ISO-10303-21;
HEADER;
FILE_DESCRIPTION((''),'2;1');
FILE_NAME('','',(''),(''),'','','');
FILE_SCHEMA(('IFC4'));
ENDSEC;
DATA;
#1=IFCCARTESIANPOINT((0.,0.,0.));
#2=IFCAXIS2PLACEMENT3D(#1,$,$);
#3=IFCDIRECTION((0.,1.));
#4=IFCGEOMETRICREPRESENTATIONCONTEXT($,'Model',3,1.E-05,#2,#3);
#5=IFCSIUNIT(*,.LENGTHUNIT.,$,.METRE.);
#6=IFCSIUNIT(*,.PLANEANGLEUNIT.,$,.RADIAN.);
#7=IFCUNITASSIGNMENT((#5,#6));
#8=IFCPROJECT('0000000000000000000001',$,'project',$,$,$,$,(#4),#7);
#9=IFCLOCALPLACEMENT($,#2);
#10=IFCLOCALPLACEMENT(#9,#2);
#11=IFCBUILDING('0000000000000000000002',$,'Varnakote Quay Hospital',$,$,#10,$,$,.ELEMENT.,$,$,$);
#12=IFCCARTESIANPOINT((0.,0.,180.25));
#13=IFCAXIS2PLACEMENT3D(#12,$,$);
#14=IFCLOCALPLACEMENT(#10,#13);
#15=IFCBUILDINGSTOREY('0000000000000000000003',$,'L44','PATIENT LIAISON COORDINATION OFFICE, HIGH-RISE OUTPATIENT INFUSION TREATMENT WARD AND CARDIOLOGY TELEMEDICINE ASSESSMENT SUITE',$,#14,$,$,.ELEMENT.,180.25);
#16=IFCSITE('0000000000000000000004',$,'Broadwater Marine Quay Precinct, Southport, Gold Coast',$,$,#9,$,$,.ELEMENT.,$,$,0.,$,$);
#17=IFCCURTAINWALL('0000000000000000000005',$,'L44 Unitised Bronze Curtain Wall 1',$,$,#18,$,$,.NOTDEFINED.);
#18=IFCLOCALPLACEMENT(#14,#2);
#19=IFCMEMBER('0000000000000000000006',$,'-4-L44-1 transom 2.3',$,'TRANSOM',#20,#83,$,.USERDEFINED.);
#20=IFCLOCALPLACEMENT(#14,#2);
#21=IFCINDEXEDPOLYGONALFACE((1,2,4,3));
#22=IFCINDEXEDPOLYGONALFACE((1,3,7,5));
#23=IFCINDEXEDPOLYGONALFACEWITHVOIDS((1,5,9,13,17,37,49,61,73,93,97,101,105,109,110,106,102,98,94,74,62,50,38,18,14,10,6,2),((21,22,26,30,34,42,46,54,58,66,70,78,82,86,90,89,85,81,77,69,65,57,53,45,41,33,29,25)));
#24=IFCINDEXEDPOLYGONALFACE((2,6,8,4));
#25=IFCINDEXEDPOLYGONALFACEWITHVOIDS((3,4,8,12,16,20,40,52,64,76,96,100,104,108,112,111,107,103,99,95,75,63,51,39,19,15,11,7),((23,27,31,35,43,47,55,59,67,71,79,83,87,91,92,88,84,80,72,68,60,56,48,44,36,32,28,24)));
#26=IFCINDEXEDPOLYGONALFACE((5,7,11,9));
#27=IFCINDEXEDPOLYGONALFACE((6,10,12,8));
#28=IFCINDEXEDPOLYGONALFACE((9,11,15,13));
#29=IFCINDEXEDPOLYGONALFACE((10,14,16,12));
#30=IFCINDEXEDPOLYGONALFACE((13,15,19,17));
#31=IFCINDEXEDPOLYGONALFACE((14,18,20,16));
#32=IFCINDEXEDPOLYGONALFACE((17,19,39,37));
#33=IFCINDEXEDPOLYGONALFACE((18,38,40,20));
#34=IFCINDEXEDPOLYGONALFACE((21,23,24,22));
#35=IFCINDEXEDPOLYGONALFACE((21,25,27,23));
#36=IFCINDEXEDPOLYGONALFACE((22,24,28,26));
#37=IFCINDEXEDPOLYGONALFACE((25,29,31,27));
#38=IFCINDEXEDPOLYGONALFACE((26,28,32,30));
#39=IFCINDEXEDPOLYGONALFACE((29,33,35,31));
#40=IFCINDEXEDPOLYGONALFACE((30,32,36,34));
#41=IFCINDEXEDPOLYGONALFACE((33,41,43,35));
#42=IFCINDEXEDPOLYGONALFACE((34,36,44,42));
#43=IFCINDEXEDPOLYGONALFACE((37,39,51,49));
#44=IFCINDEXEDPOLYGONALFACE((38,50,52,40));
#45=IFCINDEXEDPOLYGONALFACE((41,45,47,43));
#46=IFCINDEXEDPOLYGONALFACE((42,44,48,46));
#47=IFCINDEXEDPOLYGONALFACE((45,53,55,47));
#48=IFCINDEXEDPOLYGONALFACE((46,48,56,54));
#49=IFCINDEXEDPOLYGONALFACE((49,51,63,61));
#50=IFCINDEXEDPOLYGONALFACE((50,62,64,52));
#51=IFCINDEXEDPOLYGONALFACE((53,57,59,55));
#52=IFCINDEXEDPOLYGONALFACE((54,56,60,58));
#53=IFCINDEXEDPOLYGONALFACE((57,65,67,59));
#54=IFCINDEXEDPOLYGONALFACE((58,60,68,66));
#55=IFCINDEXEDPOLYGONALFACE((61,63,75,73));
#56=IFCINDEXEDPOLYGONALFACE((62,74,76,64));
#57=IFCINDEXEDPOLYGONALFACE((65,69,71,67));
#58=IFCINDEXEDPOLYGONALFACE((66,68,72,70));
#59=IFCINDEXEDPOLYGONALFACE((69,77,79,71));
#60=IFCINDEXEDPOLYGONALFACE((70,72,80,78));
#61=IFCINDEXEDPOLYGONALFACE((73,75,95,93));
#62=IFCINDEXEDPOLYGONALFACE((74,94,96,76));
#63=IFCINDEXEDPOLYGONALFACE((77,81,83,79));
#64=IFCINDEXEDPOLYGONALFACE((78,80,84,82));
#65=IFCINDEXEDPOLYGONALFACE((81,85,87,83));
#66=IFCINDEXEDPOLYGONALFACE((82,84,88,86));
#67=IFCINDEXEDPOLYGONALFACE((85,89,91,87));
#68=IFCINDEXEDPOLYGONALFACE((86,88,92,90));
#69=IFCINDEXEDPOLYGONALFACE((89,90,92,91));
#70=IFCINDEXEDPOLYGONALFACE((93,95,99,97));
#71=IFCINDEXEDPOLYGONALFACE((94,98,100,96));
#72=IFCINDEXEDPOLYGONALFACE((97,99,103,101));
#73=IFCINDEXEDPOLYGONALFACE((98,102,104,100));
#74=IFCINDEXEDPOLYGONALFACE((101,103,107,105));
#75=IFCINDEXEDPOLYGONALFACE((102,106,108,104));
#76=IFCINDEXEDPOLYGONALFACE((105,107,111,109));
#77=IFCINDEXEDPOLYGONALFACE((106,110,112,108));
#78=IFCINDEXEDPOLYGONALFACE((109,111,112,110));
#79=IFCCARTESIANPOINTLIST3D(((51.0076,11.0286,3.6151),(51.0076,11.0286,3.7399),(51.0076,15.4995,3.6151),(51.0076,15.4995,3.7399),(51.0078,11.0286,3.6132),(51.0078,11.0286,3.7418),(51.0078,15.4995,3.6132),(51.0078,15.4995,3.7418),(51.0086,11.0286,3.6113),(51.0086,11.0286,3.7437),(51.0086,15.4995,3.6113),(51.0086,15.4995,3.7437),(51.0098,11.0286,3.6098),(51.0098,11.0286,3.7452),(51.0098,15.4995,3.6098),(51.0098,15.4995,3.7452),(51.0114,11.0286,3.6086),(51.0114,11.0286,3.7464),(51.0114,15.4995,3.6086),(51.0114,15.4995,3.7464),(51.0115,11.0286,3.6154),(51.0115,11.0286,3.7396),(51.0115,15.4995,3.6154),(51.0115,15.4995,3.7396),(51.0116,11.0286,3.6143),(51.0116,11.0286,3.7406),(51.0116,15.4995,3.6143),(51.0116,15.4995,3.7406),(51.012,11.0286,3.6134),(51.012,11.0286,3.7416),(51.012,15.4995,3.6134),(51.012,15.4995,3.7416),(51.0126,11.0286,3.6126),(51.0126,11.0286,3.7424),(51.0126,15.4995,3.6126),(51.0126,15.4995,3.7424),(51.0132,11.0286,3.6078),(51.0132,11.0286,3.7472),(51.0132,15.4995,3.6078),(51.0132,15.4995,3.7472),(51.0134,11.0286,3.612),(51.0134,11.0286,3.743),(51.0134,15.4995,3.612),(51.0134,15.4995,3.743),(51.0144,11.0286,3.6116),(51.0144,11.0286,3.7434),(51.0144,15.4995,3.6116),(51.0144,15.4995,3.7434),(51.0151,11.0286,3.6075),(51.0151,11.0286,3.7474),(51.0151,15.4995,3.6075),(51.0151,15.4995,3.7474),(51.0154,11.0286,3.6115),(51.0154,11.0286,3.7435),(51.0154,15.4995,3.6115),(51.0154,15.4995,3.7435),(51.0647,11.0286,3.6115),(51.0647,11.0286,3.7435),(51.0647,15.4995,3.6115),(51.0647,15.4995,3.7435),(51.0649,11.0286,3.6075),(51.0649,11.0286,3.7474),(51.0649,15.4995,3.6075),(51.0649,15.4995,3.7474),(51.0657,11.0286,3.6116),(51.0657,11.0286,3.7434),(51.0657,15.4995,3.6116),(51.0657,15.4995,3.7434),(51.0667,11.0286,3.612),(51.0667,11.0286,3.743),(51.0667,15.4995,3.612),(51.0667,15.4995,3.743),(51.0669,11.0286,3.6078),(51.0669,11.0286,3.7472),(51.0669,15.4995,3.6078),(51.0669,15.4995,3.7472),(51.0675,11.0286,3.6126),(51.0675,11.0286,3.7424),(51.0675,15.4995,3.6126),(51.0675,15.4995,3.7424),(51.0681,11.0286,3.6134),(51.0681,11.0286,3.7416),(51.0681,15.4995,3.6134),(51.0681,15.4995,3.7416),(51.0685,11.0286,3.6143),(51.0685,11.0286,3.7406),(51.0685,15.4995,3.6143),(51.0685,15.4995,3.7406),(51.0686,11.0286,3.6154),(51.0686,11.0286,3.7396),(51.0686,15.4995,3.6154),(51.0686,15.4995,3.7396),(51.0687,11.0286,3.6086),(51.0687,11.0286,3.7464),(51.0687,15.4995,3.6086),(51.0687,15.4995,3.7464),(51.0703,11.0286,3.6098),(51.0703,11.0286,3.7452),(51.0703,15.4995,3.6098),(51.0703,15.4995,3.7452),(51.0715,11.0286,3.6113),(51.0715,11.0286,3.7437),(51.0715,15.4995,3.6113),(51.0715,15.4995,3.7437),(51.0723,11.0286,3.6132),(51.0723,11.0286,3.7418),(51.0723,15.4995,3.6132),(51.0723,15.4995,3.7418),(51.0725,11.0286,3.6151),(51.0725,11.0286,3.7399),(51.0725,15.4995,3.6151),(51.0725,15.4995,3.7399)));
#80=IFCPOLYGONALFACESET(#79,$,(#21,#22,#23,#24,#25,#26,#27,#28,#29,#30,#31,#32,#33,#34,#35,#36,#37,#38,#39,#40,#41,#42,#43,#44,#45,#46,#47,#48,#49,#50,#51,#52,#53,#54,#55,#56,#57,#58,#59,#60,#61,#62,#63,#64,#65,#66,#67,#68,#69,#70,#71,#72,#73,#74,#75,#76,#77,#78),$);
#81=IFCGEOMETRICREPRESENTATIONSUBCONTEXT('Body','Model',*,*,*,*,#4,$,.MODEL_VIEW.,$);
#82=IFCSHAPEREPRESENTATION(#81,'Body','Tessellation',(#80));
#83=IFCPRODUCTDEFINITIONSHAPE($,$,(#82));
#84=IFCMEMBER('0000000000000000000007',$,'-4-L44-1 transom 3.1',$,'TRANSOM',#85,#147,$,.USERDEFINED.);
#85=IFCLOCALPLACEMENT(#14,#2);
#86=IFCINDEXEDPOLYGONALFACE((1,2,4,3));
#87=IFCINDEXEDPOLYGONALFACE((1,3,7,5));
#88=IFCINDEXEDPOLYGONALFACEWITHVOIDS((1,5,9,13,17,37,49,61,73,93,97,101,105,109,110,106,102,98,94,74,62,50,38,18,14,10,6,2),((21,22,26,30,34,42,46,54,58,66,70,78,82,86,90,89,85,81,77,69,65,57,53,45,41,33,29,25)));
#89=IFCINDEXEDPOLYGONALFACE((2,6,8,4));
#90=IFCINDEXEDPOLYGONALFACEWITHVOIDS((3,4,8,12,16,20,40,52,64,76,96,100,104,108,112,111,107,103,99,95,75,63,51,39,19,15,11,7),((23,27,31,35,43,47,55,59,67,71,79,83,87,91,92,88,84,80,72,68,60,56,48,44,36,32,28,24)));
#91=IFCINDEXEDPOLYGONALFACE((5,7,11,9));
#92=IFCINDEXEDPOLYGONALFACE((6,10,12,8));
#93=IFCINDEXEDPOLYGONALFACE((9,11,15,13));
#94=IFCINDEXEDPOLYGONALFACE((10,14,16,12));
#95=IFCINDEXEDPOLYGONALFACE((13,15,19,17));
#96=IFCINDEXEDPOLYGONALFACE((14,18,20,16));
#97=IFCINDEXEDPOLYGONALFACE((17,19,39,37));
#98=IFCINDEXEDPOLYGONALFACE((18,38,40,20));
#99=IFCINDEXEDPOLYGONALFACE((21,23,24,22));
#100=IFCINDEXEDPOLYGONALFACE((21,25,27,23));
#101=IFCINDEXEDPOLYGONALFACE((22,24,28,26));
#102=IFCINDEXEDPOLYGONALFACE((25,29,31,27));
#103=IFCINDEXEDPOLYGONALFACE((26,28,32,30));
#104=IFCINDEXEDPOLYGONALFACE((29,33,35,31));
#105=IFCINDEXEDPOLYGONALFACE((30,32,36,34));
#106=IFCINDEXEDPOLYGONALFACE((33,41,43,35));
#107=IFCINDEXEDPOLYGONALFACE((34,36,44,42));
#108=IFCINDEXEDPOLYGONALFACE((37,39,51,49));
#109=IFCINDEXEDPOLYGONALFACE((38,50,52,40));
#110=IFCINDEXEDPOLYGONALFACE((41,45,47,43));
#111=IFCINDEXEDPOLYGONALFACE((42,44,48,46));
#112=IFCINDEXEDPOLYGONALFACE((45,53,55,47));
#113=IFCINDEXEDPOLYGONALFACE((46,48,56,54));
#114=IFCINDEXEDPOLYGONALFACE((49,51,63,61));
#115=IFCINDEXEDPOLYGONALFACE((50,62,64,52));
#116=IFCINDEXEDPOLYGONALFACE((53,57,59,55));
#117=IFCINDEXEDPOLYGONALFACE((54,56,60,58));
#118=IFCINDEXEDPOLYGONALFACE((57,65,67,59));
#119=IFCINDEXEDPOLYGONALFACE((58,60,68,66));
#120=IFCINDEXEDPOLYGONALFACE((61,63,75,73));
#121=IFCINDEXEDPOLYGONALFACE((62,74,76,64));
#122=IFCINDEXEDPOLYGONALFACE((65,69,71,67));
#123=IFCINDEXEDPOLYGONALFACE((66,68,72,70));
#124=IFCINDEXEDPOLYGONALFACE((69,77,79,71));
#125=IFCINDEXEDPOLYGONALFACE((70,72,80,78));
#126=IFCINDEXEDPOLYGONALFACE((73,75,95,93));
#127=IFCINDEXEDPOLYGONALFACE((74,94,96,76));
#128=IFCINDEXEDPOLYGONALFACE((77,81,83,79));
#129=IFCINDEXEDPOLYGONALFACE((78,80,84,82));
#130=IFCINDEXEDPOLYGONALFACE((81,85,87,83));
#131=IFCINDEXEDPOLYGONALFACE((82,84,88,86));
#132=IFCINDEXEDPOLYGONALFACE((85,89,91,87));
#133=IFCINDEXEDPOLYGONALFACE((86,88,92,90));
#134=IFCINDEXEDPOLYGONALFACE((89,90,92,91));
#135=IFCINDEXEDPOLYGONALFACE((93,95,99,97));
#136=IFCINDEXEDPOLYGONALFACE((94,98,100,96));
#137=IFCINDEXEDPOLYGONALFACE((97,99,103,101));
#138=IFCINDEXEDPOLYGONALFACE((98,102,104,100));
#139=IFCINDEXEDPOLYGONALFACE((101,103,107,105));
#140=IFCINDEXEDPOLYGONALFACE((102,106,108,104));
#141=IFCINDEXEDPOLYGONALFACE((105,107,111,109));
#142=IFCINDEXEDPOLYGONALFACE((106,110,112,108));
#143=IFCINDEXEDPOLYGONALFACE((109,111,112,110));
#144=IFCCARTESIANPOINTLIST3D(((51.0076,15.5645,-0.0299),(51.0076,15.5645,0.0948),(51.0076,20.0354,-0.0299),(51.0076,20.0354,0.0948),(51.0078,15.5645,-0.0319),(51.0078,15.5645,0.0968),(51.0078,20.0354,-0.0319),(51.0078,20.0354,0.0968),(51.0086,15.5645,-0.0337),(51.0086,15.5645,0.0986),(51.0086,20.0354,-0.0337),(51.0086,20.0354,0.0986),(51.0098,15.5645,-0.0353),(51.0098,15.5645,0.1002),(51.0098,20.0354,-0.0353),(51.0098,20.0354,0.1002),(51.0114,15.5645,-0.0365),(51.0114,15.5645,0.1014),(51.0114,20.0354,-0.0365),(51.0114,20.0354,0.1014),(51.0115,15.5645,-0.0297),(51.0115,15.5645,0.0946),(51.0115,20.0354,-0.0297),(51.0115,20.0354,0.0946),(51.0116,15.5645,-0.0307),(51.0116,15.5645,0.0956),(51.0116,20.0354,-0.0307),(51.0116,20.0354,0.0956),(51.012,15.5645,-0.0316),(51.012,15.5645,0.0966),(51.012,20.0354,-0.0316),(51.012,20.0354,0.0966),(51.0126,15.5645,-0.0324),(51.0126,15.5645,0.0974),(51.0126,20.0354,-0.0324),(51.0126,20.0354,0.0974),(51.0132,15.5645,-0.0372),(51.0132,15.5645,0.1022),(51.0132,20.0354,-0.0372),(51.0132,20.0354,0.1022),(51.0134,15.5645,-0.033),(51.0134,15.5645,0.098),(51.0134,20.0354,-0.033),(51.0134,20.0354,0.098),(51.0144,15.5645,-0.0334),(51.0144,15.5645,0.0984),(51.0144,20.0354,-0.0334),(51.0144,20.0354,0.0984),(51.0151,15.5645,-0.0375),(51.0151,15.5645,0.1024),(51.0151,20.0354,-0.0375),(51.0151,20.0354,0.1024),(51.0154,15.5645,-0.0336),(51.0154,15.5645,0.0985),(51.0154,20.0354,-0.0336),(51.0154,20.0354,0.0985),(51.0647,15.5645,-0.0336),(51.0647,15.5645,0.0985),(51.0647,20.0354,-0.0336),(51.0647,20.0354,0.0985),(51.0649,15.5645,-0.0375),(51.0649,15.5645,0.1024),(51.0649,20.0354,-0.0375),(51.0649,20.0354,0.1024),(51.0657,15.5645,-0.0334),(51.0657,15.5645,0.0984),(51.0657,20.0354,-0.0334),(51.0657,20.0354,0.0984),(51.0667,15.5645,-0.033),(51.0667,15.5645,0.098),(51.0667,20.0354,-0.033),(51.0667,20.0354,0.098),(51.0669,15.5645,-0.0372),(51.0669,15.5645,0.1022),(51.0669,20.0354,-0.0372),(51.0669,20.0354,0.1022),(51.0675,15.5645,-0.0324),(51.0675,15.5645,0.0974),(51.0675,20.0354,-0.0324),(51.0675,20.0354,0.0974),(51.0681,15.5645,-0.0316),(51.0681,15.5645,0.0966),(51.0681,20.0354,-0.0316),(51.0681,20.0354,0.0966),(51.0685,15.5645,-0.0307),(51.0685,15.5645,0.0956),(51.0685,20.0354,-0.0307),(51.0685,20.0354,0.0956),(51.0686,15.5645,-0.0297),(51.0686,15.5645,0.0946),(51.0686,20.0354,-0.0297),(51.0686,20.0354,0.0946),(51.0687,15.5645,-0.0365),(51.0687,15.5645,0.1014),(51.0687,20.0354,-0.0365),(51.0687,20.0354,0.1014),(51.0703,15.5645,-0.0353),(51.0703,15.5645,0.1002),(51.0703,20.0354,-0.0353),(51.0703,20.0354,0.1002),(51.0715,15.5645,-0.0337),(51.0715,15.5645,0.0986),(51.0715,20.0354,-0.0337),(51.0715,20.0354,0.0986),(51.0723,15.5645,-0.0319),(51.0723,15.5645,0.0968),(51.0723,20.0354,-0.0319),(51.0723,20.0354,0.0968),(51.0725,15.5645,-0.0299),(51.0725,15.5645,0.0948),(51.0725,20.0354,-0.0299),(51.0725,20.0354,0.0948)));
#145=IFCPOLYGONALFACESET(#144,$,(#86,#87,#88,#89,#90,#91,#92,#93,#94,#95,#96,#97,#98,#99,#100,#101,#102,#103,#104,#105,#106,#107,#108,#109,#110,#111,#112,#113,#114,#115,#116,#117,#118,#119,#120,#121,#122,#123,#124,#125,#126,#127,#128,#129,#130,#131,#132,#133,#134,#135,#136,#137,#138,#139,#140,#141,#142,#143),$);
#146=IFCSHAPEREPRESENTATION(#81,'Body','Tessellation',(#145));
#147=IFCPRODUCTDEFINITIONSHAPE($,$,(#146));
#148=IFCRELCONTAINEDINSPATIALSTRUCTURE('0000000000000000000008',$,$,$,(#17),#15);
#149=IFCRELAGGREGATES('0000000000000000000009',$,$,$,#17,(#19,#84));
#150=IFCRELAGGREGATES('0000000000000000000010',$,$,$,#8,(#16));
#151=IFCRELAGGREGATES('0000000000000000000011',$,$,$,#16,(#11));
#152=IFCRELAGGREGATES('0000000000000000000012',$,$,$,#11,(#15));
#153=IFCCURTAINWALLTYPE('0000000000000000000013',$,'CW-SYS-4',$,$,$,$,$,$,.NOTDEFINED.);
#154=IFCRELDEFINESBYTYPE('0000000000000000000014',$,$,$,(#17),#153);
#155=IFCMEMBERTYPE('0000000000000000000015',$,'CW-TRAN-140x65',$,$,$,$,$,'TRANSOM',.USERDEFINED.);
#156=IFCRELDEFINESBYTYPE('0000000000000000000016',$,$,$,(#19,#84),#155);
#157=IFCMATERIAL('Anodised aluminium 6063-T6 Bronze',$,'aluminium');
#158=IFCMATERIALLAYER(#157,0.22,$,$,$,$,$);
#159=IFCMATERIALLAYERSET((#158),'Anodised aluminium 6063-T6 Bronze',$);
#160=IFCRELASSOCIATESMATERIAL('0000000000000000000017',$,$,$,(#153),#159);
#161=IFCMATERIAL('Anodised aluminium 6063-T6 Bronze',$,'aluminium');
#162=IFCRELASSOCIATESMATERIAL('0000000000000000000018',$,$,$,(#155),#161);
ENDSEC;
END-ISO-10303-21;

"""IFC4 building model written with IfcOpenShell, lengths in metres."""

from ifc_helpers import new_model, si_unit, direction, frame, origin, origin_2d, place, context, subcontext, project, spatial, hollow_rectangle, extrude, material, layer, layer_set, material_profile, profile_set, type_object, element, aggregate, save


model = new_model("IFC4")

# Units and contexts
model_context = context("Model", 3, precision=1e-05, world=origin(), true_north=direction((0.0, 1.0)))
body_context = subcontext(model_context, "Body", "Model", "MODEL_VIEW")
ifc_project = project(units=[si_unit("LENGTHUNIT", "METRE"), si_unit("PLANEANGLEUNIT", "RADIAN")], contexts=[model_context])

# Site, building, storey
site_placement = place(None, origin())
site = spatial("IfcSite", under=ifc_project, at=site_placement, Name="Broadwater Marine Quay Precinct, Southport, Gold Coast", CompositionType="ELEMENT", RefElevation=0.0)
building_placement = place(site_placement, origin())
building = spatial("IfcBuilding", under=site, at=building_placement, Name="Varnakote Quay Hospital", CompositionType="ELEMENT")
storey_placement = place(building_placement, frame((0.0, 0.0, 180.25)))
storey = spatial("IfcBuildingStorey", under=building, at=storey_placement, Name="L44", Description="PATIENT LIAISON COORDINATION OFFICE, HIGH-RISE OUTPATIENT INFUSION TREATMENT WARD AND CARDIOLOGY TELEMEDICINE ASSESSMENT SUITE", CompositionType="ELEMENT", Elevation=180.25)

# Curtain wall, members
ifc_material_1 = material(Name="Anodised aluminium 6063-T6 Bronze", Category="aluminium")
ifc_layer_1 = layer(ifc_material_1, 0.22)
ifc_layer_set_1 = layer_set([ifc_layer_1], Name="Anodised aluminium 6063-T6 Bronze")
curtain_wall_type = type_object("IfcCurtainWallType", Name="CW-SYS-4", PredefinedType="NOTDEFINED", material=ifc_layer_set_1)
curtain_wall_placement = place(storey_placement, origin())
curtain_wall = element("IfcCurtainWall", 1, at=curtain_wall_placement, inside=storey, type_object=curtain_wall_type, Name="L44 Unitised Bronze Curtain Wall 1", PredefinedType="NOTDEFINED")
ifc_material_2 = material(Name="Anodised aluminium 6063-T6 Bronze", Category="aluminium")
ifc_material_profile_1 = material_profile(ifc_material_2, hollow_rectangle(XDim=0.0649, YDim=0.1399, WallThickness=0.0039, InnerFilletRadius=0.0039, OuterFilletRadius=0.0076, at=origin_2d()), Name="CW-TRAN-140x65")
ifc_profile_set_1 = profile_set([ifc_material_profile_1], Name="Anodised aluminium 6063-T6 Bronze")
member_type_1 = type_object("IfcMemberType", Name="CW-TRAN-140x65", ElementType="TRANSOM", PredefinedType="USERDEFINED", material=ifc_profile_set_1)
member_1_placement = place(storey_placement, frame((51.04, 11.0286, 3.6775), z_axis=(0.0, 1.0, 0.0), x_axis=(-1.0, 0.0, 0.0)))
member_1 = element("IfcMember", 2, at=member_1_placement, type_object=member_type_1, Name="-4-L44-1 transom 2.3", ObjectType="TRANSOM", PredefinedType="USERDEFINED", context=body_context, shape_type="SweptSolid", body=[
    extrude(hollow_rectangle(XDim=0.0649, YDim=0.1399, WallThickness=0.0039, InnerFilletRadius=0.0039, OuterFilletRadius=0.0076, at=origin_2d()), origin(), (0.0, 0.0, 1.0), 4.4709),
])
member_2_placement = place(storey_placement, frame((51.04, 15.5645, 0.0325), z_axis=(0.0, 1.0, 0.0), x_axis=(-1.0, 0.0, 0.0)))
member_2 = element("IfcMember", 3, at=member_2_placement, type_object=member_type_1, Name="-4-L44-1 transom 3.1", ObjectType="TRANSOM", PredefinedType="USERDEFINED", context=body_context, shape_type="SweptSolid", body=[
    extrude(hollow_rectangle(XDim=0.0649, YDim=0.1399, WallThickness=0.0039, InnerFilletRadius=0.0039, OuterFilletRadius=0.0076, at=origin_2d()), origin(), (0.0, 0.0, 1.0), 4.4709),
])

aggregate(curtain_wall, [member_1, member_2])

save(model, "model.ifc")
